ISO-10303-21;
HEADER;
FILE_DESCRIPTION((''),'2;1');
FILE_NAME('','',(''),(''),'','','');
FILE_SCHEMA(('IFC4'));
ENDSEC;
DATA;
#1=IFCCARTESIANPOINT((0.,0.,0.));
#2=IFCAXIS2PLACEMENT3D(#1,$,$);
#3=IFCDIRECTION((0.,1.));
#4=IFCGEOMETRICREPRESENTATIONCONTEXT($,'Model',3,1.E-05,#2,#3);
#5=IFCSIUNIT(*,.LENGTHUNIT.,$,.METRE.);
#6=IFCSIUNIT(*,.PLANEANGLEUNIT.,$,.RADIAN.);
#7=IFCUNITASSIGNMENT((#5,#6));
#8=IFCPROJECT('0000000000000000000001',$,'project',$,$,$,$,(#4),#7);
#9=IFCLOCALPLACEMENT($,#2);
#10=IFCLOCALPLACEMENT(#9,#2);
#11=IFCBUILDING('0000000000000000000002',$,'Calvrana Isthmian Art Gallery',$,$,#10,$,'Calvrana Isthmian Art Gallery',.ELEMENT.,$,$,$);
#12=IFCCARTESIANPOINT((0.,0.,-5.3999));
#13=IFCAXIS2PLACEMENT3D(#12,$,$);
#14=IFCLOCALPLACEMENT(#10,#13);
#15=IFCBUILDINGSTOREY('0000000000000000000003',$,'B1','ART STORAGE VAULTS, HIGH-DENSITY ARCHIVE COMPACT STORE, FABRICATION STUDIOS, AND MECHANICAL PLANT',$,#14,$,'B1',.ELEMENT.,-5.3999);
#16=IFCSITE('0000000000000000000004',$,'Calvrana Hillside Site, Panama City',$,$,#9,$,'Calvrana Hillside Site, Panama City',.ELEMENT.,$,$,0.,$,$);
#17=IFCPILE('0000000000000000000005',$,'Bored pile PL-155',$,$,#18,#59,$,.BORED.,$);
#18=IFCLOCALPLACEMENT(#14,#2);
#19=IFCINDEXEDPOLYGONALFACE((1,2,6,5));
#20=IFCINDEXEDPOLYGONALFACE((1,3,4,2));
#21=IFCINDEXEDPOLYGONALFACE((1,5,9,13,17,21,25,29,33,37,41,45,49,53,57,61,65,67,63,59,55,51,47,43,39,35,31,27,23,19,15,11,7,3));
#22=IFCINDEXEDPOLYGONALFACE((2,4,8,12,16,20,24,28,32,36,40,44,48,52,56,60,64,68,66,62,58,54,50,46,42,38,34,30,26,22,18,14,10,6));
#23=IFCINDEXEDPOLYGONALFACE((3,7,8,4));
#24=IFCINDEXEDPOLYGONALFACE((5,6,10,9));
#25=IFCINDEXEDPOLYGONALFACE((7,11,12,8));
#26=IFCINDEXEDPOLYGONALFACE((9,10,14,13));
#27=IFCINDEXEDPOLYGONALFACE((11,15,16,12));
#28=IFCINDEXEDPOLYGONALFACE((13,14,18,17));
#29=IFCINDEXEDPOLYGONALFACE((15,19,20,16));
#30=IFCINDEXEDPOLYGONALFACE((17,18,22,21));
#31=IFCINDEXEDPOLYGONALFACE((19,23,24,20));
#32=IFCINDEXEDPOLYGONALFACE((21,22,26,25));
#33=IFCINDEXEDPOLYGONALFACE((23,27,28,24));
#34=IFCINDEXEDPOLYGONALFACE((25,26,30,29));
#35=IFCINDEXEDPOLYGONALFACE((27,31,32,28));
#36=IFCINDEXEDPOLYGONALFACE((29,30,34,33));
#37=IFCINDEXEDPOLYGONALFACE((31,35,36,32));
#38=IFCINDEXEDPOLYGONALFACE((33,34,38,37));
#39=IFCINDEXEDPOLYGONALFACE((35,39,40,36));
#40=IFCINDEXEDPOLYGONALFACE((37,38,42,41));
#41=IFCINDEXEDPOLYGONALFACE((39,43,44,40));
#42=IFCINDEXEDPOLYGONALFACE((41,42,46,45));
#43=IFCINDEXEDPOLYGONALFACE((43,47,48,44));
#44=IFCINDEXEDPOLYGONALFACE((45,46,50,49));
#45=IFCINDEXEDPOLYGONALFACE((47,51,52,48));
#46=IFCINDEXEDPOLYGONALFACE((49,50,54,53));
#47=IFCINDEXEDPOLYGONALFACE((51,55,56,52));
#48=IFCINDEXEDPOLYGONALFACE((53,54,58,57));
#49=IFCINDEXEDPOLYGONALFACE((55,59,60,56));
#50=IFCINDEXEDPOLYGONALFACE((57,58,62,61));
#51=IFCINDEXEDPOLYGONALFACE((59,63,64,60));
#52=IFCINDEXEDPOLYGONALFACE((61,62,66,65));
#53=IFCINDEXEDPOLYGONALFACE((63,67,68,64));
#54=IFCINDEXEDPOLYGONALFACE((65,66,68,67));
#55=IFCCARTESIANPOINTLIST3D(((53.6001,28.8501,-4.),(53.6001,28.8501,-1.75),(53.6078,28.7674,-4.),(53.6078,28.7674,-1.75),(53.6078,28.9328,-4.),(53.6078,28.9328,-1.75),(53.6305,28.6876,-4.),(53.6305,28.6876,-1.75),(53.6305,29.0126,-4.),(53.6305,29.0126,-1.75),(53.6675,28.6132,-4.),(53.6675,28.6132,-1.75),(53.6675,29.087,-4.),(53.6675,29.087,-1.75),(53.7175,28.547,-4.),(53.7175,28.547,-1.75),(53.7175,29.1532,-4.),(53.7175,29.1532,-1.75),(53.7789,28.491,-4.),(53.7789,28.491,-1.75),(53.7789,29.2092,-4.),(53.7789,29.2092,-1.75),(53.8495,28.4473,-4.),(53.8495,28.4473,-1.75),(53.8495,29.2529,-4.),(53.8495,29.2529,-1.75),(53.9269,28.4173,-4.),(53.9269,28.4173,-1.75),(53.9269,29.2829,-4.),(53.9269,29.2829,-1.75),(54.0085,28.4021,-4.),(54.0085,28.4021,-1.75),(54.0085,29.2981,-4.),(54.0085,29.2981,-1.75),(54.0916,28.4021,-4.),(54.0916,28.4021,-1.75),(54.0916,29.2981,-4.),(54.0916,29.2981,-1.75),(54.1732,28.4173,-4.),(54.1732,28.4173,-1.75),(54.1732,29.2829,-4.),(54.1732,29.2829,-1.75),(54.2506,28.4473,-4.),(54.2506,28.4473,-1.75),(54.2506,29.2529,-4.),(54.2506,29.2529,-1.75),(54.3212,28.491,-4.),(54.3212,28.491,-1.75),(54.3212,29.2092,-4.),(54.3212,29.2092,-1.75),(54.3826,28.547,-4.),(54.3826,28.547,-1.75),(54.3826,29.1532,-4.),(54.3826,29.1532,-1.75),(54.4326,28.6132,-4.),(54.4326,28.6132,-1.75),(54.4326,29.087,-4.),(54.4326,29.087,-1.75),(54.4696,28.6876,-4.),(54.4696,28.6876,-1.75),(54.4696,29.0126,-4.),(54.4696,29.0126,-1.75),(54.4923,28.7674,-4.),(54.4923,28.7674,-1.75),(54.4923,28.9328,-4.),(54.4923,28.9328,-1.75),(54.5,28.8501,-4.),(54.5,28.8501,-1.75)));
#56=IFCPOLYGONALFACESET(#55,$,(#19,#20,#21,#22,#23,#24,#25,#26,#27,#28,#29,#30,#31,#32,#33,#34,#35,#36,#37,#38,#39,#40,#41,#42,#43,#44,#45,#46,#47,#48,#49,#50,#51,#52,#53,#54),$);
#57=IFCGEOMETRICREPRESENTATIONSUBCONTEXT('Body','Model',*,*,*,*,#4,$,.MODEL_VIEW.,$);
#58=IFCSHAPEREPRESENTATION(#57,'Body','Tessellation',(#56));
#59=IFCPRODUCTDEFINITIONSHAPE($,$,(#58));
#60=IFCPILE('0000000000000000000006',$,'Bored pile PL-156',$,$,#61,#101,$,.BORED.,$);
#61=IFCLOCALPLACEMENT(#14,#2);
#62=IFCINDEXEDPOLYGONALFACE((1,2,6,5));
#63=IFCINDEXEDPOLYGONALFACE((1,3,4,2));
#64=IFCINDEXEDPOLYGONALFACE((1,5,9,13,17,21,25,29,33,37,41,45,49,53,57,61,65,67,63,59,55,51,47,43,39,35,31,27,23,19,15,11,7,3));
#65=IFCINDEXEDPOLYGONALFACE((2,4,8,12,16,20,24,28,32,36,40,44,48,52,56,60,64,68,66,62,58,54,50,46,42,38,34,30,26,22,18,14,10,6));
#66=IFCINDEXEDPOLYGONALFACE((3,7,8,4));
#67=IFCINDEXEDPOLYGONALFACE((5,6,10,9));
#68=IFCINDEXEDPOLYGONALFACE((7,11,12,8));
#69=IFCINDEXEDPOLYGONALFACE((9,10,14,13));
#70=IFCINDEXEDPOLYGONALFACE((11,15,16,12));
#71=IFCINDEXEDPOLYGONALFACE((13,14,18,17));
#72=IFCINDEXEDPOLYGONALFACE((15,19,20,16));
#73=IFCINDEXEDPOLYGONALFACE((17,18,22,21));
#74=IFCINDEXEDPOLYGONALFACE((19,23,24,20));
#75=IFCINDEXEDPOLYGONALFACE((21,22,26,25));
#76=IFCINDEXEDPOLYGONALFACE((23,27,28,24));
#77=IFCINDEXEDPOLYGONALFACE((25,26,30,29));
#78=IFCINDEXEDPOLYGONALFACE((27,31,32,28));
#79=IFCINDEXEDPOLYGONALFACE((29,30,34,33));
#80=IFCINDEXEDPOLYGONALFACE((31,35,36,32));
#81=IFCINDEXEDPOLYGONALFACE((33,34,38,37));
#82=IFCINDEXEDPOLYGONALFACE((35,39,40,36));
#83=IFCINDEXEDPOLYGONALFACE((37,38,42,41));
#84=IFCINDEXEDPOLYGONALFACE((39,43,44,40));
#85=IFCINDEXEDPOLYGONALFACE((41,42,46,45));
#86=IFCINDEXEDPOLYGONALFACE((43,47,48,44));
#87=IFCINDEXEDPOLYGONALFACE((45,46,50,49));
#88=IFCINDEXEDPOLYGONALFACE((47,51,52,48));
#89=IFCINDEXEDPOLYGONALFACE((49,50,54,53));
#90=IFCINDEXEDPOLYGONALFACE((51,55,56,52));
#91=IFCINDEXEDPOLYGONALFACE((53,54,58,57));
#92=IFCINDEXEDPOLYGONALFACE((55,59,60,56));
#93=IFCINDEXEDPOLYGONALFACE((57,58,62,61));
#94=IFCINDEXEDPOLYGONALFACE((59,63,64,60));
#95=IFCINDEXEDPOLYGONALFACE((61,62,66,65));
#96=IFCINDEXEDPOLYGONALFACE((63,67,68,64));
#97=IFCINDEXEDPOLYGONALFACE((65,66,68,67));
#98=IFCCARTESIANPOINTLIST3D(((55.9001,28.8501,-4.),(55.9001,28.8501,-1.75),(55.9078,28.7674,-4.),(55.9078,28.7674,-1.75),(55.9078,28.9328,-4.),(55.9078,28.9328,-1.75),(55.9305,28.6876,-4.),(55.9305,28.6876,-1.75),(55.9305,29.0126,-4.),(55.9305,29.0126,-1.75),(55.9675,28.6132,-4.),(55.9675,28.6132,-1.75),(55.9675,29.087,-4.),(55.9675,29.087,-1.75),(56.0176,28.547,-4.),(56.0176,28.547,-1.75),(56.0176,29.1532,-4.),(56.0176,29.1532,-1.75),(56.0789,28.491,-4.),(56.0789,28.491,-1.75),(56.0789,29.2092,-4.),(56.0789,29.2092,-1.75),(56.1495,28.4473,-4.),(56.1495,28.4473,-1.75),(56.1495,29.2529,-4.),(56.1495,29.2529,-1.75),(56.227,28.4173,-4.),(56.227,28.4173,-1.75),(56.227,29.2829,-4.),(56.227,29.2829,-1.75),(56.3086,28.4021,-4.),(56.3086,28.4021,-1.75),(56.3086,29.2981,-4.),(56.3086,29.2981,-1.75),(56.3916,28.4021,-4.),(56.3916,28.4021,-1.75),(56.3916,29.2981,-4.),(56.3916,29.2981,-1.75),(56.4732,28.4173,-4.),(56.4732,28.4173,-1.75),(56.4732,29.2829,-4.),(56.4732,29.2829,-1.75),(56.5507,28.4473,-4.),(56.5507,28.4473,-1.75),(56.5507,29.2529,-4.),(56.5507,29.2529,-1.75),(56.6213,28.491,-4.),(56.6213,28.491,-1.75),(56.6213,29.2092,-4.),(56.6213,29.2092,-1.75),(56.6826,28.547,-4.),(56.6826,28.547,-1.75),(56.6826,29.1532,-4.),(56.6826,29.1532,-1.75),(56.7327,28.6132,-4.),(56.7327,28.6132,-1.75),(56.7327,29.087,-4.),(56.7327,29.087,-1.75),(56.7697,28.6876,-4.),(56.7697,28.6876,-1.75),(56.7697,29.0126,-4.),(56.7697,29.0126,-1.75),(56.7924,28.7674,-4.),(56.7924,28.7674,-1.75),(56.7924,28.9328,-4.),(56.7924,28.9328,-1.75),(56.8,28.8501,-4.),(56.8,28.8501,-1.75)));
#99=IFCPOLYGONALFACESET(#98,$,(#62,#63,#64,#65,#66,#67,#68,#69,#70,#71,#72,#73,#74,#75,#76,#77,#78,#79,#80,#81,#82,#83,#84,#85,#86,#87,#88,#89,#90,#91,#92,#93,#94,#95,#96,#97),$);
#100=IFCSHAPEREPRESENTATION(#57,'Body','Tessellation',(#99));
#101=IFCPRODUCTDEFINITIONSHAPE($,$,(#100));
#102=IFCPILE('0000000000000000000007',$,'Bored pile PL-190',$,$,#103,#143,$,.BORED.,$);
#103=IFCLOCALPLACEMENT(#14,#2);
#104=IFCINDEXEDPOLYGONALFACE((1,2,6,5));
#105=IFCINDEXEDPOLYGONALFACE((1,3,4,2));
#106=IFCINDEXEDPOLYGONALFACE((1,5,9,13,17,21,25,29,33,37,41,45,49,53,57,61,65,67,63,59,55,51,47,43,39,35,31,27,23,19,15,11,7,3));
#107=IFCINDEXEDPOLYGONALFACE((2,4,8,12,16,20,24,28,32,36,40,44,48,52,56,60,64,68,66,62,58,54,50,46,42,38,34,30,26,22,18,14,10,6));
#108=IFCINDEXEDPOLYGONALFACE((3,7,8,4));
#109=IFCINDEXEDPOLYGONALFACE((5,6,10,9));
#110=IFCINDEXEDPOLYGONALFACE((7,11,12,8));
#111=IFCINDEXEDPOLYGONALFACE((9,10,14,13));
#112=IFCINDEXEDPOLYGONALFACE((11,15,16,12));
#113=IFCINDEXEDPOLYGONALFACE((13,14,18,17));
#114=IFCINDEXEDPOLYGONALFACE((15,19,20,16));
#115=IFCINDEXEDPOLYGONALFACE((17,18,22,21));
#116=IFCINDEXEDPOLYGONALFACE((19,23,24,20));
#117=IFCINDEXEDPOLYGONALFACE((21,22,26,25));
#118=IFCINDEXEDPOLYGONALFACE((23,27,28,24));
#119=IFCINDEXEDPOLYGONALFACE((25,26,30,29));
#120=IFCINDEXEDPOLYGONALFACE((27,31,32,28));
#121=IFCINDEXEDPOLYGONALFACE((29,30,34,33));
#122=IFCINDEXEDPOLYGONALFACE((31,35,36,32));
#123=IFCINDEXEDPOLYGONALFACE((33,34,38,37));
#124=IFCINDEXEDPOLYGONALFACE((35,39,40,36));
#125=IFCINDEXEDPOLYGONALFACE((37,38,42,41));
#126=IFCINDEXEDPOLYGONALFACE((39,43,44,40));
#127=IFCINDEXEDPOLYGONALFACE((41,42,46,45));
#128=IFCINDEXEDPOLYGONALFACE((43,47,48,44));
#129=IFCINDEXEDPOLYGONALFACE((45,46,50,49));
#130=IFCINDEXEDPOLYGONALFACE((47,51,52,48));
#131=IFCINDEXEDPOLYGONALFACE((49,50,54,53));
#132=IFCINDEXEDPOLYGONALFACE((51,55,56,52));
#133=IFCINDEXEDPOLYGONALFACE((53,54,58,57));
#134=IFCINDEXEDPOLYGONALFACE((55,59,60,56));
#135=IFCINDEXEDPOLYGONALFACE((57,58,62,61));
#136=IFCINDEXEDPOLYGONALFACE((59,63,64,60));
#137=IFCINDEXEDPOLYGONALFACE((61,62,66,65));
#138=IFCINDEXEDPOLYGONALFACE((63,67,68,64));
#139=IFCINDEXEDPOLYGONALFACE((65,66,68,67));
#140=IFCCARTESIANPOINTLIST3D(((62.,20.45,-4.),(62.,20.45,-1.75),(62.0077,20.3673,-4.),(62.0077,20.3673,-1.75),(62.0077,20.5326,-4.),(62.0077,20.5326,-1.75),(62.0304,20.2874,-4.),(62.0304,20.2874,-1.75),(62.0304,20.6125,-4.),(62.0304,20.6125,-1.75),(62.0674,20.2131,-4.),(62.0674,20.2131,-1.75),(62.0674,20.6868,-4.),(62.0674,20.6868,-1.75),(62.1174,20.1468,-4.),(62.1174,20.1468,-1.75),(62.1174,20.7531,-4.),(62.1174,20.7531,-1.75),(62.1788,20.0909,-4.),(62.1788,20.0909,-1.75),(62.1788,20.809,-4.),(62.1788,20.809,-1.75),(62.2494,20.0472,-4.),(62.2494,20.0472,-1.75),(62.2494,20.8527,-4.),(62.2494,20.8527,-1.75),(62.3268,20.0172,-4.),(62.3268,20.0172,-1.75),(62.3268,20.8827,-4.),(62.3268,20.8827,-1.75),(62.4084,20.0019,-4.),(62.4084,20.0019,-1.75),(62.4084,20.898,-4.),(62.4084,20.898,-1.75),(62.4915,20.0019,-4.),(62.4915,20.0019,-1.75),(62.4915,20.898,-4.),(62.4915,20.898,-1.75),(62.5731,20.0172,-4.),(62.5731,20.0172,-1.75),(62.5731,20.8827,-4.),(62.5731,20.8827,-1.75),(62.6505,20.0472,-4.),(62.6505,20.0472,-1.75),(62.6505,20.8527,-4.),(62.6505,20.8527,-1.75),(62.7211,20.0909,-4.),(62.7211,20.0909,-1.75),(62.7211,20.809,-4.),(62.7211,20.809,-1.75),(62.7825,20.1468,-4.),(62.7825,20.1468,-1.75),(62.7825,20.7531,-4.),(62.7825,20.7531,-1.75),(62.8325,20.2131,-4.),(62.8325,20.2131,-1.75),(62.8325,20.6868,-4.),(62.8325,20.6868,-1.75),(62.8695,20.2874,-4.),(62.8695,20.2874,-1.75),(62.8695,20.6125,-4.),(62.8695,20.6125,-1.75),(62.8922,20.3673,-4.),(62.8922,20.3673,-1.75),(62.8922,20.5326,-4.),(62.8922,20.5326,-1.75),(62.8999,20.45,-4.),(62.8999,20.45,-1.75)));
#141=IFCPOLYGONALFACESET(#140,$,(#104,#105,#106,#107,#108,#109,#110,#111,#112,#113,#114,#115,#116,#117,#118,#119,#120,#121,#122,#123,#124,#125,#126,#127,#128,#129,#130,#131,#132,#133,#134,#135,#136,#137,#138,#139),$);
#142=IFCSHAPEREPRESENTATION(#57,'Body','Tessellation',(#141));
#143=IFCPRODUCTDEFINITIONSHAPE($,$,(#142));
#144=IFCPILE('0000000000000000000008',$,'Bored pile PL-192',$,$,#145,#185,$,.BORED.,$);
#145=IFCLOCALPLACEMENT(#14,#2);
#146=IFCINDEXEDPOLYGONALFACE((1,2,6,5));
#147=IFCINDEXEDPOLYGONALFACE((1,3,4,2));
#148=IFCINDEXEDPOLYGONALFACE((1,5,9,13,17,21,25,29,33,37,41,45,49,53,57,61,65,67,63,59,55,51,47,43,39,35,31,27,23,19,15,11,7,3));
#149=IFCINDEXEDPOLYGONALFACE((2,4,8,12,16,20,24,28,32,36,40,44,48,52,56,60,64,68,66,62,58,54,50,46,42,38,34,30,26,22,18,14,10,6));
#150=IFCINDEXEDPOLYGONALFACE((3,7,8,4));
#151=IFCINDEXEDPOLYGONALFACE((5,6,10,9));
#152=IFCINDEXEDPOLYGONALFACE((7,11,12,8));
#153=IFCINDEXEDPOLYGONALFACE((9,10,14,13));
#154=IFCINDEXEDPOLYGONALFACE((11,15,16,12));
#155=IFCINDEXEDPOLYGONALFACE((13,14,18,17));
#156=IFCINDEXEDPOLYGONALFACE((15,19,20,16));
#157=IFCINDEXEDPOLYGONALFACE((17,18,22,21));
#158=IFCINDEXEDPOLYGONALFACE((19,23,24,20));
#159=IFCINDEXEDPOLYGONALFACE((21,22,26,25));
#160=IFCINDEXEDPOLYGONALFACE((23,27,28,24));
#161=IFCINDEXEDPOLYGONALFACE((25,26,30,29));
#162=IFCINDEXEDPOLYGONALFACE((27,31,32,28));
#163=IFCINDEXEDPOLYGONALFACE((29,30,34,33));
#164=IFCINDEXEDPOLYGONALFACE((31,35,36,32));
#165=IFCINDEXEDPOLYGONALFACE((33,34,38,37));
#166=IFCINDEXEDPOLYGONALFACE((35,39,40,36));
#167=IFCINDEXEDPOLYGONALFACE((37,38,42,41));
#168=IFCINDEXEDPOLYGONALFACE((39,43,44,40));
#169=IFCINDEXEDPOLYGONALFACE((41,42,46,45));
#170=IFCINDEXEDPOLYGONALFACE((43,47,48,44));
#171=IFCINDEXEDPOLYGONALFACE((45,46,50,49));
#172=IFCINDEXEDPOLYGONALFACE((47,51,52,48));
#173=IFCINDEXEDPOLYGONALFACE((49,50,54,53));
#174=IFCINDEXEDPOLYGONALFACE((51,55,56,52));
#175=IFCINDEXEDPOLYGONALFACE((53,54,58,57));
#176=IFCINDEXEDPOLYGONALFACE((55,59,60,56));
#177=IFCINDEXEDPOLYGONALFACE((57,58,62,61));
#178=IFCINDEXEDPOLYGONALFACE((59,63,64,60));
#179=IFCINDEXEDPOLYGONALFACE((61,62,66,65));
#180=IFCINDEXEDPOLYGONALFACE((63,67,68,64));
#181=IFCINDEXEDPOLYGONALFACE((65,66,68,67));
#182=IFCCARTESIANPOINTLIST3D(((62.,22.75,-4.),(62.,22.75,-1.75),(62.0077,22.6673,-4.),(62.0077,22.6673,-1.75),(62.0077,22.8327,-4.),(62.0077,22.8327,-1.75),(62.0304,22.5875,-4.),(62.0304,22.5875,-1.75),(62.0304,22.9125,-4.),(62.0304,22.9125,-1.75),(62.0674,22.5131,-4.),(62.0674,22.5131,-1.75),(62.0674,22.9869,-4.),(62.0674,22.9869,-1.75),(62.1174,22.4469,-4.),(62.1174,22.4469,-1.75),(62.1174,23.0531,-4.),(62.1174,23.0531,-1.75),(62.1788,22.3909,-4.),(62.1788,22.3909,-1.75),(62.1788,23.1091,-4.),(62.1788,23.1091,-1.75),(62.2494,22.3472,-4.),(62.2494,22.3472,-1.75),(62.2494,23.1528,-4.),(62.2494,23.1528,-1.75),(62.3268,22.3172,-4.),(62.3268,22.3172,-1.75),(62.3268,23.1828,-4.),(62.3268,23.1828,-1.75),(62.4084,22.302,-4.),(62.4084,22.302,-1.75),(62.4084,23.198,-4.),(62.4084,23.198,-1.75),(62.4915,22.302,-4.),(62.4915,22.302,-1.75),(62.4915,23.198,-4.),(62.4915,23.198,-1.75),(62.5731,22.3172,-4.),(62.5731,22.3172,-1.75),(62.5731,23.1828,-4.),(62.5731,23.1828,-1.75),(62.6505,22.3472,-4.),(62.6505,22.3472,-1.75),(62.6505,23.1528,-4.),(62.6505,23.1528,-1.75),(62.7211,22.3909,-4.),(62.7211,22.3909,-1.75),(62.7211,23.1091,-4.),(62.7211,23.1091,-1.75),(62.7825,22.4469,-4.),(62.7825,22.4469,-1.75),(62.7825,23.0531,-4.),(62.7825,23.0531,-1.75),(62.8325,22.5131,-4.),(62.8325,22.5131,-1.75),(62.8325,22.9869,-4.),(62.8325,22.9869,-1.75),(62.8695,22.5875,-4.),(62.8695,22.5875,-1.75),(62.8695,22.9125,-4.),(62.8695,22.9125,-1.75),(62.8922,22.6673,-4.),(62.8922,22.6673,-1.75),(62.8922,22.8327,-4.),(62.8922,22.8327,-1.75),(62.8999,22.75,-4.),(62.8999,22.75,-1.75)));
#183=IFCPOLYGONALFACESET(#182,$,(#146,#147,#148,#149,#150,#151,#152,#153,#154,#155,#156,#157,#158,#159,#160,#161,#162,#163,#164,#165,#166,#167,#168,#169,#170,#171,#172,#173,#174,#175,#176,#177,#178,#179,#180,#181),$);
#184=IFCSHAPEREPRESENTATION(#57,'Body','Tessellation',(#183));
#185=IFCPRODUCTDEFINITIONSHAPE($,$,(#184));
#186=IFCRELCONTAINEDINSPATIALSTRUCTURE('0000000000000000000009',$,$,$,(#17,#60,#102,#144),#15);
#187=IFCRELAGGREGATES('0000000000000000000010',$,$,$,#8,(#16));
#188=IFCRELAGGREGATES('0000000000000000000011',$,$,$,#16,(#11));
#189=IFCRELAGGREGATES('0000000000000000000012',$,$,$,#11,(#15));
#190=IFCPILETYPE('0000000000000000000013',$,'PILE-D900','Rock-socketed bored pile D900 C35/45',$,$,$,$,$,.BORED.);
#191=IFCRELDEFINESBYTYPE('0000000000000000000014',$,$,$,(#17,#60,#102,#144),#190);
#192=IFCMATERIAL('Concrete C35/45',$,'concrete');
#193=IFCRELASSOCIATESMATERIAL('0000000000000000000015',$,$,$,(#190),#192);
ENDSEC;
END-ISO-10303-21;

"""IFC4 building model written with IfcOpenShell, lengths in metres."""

from ifc_helpers import new_model, si_unit, direction, frame, origin, origin_2d, place, context, subcontext, project, spatial, circle, extrude, material, material_profile, profile_set, type_object, element, save


model = new_model("IFC4")

# Units and contexts
model_context = context("Model", 3, precision=1e-05, world=origin(), true_north=direction((0.0, 1.0)))
body_context = subcontext(model_context, "Body", "Model", "MODEL_VIEW")
ifc_project = project(units=[si_unit("LENGTHUNIT", "METRE"), si_unit("PLANEANGLEUNIT", "RADIAN")], contexts=[model_context])

# Site, building, storey
site_placement = place(None, origin())
site = spatial("IfcSite", under=ifc_project, at=site_placement, Name="Calvrana Hillside Site, Panama City", LongName="Calvrana Hillside Site, Panama City", CompositionType="ELEMENT", RefElevation=0.0)
building_placement = place(site_placement, origin())
building = spatial("IfcBuilding", under=site, at=building_placement, Name="Calvrana Isthmian Art Gallery", LongName="Calvrana Isthmian Art Gallery", CompositionType="ELEMENT")
storey_placement = place(building_placement, frame((0.0, 0.0, -5.3999)))
storey = spatial("IfcBuildingStorey", under=building, at=storey_placement, Name="B1", Description="ART STORAGE VAULTS, HIGH-DENSITY ARCHIVE COMPACT STORE, FABRICATION STUDIOS, AND MECHANICAL PLANT", LongName="B1", CompositionType="ELEMENT", Elevation=-5.3999)

# Shared definitions
ifc_material_1 = material(Name="Concrete C35/45", Category="concrete")

# Piles
ifc_material_profile_1 = material_profile(ifc_material_1, circle(Radius=0.45, at=origin_2d()), Name="PILE900D")
ifc_profile_set_1 = profile_set([ifc_material_profile_1], Name="Concrete C35/45")
pile_type_1 = type_object("IfcPileType", Name="PILE-D900", Description="Rock-socketed bored pile D900 C35/45", PredefinedType="BORED", material=ifc_profile_set_1)
for number, where, z_axis, x_axis, name in (
    (1, (54.05, 28.8501, -1.75), (0.0, 0.0, -1.0), (1.0, 0.0, 0.0), "Bored pile PL-155"),
    (2, (56.3501, 28.8501, -1.75), (0.0, 0.0, -1.0), (1.0, 0.0, 0.0), "Bored pile PL-156"),
    (3, (62.45, 20.45, -1.75), (0.0, 0.0, -1.0), (1.0, 0.0, 0.0), "Bored pile PL-190"),
    (4, (62.45, 22.75, -1.75), (0.0, 0.0, -1.0), (1.0, 0.0, 0.0), "Bored pile PL-192"),
):
    element("IfcPile", number, at=place(storey_placement, frame(where, z_axis=z_axis, x_axis=x_axis)), inside=storey, type_object=pile_type_1, Name=name, PredefinedType="BORED", context=body_context, shape_type="SweptSolid", body=[
        extrude(circle(Radius=0.45, at=origin_2d()), origin(), (0.0, 0.0, 1.0), 2.25),
    ])

save(model, "model.ifc")
